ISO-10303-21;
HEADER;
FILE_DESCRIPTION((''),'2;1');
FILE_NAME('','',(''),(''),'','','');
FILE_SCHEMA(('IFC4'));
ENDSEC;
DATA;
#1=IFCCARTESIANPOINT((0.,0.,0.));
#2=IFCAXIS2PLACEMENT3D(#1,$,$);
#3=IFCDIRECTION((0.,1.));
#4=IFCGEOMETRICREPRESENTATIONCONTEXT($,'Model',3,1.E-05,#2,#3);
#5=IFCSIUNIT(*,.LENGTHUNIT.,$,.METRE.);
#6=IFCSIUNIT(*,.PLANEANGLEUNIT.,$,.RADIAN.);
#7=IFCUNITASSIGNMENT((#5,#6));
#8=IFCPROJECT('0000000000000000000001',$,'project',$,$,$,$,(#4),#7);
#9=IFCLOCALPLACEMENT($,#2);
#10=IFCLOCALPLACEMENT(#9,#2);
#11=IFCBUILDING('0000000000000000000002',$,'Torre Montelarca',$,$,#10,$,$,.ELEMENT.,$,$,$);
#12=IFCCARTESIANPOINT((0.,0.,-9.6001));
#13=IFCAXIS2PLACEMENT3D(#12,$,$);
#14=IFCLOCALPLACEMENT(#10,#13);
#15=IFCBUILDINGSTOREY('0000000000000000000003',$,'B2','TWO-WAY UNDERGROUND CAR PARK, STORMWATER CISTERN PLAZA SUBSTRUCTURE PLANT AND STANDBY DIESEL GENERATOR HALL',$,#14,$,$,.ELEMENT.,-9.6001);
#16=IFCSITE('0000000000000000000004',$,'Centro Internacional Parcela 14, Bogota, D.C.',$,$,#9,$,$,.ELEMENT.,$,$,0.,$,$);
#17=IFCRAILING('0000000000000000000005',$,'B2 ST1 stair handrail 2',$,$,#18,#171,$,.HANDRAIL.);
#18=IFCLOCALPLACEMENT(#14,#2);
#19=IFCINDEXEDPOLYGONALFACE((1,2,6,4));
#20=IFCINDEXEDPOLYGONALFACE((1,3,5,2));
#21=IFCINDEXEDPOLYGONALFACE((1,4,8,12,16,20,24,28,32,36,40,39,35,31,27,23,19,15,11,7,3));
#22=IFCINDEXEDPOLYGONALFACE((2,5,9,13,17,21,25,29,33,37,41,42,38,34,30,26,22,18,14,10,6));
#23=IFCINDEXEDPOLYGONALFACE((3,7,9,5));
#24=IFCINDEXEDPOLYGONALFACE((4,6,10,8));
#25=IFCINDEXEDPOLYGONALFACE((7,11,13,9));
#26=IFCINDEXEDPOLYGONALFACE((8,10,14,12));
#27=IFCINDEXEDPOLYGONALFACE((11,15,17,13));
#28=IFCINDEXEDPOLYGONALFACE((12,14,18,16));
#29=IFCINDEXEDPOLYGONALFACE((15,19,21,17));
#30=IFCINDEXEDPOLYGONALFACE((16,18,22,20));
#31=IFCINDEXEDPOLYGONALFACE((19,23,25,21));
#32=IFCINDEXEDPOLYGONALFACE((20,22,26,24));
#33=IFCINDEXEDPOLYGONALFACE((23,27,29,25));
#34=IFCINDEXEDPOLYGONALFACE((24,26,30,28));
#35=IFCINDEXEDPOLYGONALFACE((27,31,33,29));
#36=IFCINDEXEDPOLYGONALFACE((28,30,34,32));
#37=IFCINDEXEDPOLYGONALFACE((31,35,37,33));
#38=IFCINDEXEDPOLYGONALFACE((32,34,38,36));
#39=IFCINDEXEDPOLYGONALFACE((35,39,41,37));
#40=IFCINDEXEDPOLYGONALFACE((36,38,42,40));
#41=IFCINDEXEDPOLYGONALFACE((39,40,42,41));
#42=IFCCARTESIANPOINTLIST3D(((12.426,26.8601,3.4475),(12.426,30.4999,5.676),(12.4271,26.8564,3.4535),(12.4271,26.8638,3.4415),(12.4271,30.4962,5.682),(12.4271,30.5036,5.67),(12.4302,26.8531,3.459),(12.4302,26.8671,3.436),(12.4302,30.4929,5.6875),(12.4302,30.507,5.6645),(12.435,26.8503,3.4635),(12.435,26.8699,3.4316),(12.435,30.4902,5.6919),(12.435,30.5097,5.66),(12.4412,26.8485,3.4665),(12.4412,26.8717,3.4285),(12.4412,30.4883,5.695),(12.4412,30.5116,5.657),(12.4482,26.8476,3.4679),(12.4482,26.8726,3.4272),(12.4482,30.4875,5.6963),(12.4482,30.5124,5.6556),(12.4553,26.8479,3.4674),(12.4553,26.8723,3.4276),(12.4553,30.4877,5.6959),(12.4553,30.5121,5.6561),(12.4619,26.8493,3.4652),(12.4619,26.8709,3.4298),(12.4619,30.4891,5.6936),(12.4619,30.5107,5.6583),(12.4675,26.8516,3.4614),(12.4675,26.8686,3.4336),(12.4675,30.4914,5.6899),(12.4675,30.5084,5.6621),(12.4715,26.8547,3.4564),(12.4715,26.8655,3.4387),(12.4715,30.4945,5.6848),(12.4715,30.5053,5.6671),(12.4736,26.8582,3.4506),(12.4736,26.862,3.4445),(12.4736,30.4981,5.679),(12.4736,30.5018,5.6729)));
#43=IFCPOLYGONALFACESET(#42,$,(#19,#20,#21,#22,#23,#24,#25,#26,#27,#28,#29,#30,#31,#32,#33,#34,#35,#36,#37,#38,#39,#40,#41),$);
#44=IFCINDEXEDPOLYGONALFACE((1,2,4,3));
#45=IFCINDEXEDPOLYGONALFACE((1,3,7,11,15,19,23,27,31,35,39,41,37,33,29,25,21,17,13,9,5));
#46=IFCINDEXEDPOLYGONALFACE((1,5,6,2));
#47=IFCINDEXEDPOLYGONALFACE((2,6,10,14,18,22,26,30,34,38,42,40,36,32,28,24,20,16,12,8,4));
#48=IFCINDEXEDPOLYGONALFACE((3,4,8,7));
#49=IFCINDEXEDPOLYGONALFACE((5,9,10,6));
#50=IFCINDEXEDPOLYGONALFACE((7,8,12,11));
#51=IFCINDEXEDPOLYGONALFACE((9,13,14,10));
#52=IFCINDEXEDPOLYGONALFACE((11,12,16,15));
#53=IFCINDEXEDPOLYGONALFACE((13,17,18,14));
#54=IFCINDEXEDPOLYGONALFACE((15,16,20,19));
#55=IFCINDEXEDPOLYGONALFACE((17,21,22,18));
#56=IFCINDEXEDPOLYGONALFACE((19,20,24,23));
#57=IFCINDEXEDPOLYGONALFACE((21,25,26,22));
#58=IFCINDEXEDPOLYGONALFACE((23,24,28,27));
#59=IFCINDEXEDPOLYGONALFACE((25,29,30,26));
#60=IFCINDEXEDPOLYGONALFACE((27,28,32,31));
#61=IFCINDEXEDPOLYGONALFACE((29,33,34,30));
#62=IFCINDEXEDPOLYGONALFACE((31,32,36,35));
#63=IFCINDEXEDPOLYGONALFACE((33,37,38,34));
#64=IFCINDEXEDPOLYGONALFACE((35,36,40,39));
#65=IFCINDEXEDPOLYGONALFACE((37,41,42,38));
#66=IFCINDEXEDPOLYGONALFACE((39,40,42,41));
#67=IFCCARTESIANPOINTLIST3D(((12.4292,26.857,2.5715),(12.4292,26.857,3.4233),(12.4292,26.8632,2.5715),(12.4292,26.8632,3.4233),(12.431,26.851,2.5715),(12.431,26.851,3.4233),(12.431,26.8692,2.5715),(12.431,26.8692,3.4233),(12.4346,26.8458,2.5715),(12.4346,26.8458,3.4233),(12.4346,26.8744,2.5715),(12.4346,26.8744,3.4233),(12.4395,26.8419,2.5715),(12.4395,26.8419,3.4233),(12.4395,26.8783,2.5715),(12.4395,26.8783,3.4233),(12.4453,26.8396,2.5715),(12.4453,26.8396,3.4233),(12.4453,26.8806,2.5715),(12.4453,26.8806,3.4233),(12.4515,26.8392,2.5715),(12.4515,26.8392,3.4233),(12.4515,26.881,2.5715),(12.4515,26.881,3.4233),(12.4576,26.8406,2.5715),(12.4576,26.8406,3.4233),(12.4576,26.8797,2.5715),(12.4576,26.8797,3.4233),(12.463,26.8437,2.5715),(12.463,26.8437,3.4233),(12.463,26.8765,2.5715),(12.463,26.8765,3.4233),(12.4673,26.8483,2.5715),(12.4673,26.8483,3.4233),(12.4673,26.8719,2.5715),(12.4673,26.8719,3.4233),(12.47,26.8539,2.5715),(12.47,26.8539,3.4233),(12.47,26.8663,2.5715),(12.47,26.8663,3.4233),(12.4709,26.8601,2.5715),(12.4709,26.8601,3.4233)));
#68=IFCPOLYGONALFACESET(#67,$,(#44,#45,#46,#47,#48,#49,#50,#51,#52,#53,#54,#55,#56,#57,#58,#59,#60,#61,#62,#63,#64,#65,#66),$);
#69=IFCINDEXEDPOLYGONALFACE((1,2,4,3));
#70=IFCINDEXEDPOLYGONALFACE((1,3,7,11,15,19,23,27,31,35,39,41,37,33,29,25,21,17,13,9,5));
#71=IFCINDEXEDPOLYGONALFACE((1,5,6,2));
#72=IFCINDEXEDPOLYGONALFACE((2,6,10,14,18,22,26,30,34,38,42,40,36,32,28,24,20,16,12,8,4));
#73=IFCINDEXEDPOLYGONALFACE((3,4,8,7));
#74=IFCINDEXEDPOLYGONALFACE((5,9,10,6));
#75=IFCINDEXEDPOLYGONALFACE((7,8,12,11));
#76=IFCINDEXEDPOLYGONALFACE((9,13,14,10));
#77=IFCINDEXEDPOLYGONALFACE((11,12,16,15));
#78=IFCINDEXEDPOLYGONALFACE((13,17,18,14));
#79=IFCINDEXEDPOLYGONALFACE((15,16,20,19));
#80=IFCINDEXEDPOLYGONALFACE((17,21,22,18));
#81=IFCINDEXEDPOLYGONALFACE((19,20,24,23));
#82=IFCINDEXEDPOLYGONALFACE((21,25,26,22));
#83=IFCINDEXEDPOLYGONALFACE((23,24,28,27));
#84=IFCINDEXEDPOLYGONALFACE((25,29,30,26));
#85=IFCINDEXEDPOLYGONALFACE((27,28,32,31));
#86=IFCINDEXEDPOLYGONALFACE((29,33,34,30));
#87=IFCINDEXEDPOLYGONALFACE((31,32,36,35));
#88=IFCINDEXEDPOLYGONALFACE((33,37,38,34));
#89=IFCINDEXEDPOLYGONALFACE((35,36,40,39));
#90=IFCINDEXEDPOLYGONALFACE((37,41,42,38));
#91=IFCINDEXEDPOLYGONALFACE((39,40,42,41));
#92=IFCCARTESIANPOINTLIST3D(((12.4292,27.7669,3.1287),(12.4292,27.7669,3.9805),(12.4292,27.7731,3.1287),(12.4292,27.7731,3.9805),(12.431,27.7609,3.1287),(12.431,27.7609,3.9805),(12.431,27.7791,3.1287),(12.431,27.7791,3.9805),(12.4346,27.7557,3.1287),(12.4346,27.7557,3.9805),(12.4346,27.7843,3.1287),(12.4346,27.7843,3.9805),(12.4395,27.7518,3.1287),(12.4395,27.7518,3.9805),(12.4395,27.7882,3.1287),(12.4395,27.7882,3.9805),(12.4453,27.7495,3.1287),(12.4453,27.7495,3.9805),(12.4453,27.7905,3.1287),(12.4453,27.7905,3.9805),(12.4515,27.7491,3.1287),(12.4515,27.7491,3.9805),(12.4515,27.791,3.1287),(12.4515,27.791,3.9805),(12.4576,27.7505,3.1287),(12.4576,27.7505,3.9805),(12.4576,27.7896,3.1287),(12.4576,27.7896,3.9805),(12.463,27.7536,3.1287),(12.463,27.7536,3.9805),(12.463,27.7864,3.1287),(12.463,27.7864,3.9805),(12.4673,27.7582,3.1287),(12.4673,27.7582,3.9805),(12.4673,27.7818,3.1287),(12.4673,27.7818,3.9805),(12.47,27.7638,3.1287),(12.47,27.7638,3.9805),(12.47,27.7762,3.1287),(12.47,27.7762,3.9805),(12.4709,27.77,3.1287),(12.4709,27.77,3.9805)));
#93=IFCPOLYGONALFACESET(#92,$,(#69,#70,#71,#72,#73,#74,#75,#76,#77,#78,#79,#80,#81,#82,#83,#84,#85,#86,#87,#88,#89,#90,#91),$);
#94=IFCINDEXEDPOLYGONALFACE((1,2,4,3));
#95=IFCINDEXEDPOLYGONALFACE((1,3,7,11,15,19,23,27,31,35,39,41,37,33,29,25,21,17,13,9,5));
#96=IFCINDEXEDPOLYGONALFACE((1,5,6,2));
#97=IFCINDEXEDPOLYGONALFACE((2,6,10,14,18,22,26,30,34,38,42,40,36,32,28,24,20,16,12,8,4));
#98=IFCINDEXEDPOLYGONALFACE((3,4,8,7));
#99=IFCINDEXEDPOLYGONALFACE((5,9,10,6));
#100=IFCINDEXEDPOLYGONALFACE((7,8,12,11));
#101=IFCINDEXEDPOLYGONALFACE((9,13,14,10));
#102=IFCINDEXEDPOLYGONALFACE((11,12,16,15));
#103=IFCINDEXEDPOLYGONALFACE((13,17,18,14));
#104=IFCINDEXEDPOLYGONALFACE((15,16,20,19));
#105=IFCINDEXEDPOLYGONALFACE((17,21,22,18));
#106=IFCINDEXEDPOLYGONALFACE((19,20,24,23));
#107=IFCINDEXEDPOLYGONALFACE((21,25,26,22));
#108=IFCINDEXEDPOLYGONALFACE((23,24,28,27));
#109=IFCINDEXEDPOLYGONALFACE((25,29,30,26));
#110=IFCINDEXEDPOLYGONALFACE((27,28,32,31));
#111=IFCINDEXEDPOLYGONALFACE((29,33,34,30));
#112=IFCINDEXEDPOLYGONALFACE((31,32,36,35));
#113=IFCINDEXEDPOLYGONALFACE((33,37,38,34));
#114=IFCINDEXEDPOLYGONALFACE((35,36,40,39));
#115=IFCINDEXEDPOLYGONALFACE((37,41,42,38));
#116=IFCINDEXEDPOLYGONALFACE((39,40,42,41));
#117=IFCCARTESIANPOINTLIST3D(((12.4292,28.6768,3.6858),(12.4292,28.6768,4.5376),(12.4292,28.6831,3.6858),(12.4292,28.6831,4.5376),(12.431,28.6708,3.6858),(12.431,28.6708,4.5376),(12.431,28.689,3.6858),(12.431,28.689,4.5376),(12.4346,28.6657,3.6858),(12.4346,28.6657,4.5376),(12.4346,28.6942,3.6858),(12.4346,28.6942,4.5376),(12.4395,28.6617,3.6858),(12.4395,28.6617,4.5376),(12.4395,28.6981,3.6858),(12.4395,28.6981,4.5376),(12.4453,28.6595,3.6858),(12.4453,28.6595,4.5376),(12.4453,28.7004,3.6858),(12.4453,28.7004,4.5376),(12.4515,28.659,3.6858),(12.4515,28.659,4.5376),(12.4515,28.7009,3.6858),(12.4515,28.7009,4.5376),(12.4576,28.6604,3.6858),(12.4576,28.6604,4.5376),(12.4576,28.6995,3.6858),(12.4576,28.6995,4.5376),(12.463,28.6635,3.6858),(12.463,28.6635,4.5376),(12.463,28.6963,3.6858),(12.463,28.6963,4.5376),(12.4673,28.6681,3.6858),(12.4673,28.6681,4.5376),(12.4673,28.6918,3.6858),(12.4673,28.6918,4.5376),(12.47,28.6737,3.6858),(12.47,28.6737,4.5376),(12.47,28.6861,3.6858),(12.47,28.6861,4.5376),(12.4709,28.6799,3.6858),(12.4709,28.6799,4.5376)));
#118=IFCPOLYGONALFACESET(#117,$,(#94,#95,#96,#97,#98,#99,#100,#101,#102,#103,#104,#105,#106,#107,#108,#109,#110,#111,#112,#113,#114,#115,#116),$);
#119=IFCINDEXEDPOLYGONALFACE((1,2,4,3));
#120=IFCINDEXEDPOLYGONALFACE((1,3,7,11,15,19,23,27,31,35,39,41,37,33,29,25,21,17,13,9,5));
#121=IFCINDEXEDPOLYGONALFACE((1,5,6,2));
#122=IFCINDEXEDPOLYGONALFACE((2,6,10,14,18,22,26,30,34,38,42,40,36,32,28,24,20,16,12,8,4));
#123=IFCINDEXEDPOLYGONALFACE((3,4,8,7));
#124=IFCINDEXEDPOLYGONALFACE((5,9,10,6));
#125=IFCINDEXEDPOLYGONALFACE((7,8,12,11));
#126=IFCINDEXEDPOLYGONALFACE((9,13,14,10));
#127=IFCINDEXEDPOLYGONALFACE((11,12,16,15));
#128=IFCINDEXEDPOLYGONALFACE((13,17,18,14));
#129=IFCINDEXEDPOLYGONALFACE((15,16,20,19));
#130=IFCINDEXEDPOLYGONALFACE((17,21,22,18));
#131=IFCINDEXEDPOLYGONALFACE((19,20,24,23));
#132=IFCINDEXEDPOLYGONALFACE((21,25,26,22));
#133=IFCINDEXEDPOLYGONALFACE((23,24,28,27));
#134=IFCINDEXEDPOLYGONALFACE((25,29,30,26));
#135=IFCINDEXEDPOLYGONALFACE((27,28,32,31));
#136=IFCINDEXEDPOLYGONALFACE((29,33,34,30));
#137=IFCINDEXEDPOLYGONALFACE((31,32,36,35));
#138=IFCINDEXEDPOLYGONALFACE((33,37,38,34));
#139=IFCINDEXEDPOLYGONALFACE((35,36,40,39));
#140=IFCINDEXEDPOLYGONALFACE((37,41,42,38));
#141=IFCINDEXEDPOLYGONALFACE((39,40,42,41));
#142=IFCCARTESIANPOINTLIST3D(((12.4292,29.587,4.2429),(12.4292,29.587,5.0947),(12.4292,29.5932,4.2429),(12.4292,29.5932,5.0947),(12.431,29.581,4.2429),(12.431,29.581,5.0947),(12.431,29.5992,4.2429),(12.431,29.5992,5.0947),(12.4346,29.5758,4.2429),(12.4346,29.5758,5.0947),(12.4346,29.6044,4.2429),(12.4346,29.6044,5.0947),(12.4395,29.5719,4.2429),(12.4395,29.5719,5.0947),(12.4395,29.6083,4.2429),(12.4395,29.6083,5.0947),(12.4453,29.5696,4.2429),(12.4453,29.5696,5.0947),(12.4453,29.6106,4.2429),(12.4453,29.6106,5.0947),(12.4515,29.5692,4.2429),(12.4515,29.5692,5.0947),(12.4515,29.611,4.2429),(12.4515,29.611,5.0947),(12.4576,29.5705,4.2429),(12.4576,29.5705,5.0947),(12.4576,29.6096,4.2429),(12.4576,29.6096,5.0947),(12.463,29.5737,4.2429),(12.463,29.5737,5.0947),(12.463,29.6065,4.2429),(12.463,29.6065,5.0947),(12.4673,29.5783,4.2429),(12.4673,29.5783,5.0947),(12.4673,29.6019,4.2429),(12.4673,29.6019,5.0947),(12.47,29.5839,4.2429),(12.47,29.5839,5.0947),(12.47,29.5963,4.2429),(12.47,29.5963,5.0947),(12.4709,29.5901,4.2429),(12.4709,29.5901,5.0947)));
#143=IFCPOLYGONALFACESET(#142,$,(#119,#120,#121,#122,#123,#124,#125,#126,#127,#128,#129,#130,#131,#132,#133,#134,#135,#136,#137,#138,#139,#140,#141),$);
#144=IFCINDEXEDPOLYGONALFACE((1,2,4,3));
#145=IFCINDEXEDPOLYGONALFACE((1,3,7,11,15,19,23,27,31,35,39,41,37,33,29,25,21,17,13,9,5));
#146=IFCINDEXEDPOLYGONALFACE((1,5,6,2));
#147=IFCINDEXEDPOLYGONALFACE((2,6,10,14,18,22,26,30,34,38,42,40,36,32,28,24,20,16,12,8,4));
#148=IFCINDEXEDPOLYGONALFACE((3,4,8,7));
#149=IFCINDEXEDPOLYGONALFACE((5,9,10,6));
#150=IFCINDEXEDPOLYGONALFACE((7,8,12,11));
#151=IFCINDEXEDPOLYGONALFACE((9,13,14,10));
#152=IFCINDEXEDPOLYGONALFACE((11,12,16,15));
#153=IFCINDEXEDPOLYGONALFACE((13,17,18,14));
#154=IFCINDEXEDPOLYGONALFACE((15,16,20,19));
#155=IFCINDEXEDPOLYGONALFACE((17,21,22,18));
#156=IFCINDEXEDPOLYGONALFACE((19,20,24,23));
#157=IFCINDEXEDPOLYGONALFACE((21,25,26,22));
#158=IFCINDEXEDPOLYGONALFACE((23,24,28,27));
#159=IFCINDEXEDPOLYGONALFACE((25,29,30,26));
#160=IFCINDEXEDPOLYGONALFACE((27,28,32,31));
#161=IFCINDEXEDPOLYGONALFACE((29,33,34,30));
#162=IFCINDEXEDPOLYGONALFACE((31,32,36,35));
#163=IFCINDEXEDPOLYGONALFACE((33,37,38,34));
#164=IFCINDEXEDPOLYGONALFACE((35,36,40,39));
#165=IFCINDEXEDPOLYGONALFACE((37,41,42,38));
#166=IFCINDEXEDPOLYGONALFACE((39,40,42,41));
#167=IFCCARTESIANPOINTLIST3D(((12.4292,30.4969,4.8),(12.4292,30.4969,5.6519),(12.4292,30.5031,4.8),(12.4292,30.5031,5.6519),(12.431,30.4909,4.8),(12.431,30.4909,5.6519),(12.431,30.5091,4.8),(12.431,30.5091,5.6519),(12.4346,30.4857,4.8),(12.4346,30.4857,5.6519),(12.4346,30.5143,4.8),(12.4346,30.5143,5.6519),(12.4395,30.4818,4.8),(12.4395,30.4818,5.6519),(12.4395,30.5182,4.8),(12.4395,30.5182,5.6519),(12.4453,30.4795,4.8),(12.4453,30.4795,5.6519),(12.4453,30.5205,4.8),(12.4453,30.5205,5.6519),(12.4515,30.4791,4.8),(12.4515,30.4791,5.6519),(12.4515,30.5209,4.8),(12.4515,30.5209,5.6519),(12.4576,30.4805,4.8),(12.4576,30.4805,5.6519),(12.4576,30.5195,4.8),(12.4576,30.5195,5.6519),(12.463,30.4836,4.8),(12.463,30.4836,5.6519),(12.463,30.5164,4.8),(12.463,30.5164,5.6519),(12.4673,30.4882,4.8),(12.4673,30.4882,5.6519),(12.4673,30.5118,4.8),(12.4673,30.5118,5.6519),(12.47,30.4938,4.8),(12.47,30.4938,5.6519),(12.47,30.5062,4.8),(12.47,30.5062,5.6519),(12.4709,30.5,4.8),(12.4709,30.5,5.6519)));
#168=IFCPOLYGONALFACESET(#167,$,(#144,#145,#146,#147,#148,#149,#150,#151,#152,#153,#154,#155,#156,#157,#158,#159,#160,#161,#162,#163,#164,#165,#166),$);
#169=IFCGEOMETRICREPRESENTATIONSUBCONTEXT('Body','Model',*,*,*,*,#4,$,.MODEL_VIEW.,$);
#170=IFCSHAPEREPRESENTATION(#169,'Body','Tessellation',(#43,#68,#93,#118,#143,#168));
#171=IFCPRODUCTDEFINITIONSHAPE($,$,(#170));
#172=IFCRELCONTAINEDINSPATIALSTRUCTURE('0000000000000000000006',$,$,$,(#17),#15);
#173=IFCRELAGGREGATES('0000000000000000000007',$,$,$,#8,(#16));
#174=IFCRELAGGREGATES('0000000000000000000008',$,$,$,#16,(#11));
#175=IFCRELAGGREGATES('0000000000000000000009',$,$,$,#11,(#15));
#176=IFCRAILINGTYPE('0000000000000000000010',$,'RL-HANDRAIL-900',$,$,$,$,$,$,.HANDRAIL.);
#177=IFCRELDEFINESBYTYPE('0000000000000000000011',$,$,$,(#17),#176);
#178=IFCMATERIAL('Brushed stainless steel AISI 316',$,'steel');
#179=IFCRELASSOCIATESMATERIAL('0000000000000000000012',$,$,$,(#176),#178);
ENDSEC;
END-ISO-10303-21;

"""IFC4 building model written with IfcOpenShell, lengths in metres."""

from ifc_helpers import new_model, si_unit, direction, frame, origin, origin_2d, place, context, subcontext, project, spatial, circle, extrude, material, type_object, element, save


model = new_model("IFC4")

# Units and contexts
model_context = context("Model", 3, precision=1e-05, world=origin(), true_north=direction((0.0, 1.0)))
body_context = subcontext(model_context, "Body", "Model", "MODEL_VIEW")
ifc_project = project(units=[si_unit("LENGTHUNIT", "METRE"), si_unit("PLANEANGLEUNIT", "RADIAN")], contexts=[model_context])

# Site, building, storey
site_placement = place(None, origin())
site = spatial("IfcSite", under=ifc_project, at=site_placement, Name="Centro Internacional Parcela 14, Bogota, D.C.", CompositionType="ELEMENT", RefElevation=0.0)
building_placement = place(site_placement, origin())
building = spatial("IfcBuilding", under=site, at=building_placement, Name="Torre Montelarca", CompositionType="ELEMENT")
storey_placement = place(building_placement, frame((0.0, 0.0, -9.6001)))
storey = spatial("IfcBuildingStorey", under=building, at=storey_placement, Name="B2", Description="TWO-WAY UNDERGROUND CAR PARK, STORMWATER CISTERN PLAZA SUBSTRUCTURE PLANT AND STANDBY DIESEL GENERATOR HALL", CompositionType="ELEMENT", Elevation=-9.6001)

# Railing
ifc_material_1 = material(Name="Brushed stainless steel AISI 316", Category="steel")
railing_type_1 = type_object("IfcRailingType", Name="RL-HANDRAIL-900", PredefinedType="HANDRAIL", material=ifc_material_1)
railing_1_placement = place(storey_placement, frame((12.45, 26.8601, 2.5715)))
element("IfcRailing", 1, at=railing_1_placement, inside=storey, type_object=railing_type_1, Name="B2 ST1 stair handrail 2", PredefinedType="HANDRAIL", context=body_context, shape_type="SweptSolid", body=[
    extrude(circle(Radius=0.0239, at=origin_2d()), frame((0.0, 0.0, 0.876), z_axis=(0.0, 0.85285, 0.522156), x_axis=(-1.0, 0.0, 0.0)), (0.0, 0.0, 1.0), 4.2678),
    extrude(circle(Radius=0.021, at=origin_2d()), origin(), (0.0, 0.0, 1.0), 0.8518),
    extrude(circle(Radius=0.021, at=origin_2d()), frame((0.0, 0.9099, 0.5571)), (0.0, 0.0, 1.0), 0.8518),
    extrude(circle(Radius=0.021, at=origin_2d()), frame((0.0, 1.8198, 1.1143)), (0.0, 0.0, 1.0), 0.8518),
    extrude(circle(Radius=0.021, at=origin_2d()), frame((0.0, 2.73, 1.6714)), (0.0, 0.0, 1.0), 0.8518),
    extrude(circle(Radius=0.021, at=origin_2d()), frame((0.0, 3.6399, 2.2285)), (0.0, 0.0, 1.0), 0.8518),
])

save(model, "model.ifc")
